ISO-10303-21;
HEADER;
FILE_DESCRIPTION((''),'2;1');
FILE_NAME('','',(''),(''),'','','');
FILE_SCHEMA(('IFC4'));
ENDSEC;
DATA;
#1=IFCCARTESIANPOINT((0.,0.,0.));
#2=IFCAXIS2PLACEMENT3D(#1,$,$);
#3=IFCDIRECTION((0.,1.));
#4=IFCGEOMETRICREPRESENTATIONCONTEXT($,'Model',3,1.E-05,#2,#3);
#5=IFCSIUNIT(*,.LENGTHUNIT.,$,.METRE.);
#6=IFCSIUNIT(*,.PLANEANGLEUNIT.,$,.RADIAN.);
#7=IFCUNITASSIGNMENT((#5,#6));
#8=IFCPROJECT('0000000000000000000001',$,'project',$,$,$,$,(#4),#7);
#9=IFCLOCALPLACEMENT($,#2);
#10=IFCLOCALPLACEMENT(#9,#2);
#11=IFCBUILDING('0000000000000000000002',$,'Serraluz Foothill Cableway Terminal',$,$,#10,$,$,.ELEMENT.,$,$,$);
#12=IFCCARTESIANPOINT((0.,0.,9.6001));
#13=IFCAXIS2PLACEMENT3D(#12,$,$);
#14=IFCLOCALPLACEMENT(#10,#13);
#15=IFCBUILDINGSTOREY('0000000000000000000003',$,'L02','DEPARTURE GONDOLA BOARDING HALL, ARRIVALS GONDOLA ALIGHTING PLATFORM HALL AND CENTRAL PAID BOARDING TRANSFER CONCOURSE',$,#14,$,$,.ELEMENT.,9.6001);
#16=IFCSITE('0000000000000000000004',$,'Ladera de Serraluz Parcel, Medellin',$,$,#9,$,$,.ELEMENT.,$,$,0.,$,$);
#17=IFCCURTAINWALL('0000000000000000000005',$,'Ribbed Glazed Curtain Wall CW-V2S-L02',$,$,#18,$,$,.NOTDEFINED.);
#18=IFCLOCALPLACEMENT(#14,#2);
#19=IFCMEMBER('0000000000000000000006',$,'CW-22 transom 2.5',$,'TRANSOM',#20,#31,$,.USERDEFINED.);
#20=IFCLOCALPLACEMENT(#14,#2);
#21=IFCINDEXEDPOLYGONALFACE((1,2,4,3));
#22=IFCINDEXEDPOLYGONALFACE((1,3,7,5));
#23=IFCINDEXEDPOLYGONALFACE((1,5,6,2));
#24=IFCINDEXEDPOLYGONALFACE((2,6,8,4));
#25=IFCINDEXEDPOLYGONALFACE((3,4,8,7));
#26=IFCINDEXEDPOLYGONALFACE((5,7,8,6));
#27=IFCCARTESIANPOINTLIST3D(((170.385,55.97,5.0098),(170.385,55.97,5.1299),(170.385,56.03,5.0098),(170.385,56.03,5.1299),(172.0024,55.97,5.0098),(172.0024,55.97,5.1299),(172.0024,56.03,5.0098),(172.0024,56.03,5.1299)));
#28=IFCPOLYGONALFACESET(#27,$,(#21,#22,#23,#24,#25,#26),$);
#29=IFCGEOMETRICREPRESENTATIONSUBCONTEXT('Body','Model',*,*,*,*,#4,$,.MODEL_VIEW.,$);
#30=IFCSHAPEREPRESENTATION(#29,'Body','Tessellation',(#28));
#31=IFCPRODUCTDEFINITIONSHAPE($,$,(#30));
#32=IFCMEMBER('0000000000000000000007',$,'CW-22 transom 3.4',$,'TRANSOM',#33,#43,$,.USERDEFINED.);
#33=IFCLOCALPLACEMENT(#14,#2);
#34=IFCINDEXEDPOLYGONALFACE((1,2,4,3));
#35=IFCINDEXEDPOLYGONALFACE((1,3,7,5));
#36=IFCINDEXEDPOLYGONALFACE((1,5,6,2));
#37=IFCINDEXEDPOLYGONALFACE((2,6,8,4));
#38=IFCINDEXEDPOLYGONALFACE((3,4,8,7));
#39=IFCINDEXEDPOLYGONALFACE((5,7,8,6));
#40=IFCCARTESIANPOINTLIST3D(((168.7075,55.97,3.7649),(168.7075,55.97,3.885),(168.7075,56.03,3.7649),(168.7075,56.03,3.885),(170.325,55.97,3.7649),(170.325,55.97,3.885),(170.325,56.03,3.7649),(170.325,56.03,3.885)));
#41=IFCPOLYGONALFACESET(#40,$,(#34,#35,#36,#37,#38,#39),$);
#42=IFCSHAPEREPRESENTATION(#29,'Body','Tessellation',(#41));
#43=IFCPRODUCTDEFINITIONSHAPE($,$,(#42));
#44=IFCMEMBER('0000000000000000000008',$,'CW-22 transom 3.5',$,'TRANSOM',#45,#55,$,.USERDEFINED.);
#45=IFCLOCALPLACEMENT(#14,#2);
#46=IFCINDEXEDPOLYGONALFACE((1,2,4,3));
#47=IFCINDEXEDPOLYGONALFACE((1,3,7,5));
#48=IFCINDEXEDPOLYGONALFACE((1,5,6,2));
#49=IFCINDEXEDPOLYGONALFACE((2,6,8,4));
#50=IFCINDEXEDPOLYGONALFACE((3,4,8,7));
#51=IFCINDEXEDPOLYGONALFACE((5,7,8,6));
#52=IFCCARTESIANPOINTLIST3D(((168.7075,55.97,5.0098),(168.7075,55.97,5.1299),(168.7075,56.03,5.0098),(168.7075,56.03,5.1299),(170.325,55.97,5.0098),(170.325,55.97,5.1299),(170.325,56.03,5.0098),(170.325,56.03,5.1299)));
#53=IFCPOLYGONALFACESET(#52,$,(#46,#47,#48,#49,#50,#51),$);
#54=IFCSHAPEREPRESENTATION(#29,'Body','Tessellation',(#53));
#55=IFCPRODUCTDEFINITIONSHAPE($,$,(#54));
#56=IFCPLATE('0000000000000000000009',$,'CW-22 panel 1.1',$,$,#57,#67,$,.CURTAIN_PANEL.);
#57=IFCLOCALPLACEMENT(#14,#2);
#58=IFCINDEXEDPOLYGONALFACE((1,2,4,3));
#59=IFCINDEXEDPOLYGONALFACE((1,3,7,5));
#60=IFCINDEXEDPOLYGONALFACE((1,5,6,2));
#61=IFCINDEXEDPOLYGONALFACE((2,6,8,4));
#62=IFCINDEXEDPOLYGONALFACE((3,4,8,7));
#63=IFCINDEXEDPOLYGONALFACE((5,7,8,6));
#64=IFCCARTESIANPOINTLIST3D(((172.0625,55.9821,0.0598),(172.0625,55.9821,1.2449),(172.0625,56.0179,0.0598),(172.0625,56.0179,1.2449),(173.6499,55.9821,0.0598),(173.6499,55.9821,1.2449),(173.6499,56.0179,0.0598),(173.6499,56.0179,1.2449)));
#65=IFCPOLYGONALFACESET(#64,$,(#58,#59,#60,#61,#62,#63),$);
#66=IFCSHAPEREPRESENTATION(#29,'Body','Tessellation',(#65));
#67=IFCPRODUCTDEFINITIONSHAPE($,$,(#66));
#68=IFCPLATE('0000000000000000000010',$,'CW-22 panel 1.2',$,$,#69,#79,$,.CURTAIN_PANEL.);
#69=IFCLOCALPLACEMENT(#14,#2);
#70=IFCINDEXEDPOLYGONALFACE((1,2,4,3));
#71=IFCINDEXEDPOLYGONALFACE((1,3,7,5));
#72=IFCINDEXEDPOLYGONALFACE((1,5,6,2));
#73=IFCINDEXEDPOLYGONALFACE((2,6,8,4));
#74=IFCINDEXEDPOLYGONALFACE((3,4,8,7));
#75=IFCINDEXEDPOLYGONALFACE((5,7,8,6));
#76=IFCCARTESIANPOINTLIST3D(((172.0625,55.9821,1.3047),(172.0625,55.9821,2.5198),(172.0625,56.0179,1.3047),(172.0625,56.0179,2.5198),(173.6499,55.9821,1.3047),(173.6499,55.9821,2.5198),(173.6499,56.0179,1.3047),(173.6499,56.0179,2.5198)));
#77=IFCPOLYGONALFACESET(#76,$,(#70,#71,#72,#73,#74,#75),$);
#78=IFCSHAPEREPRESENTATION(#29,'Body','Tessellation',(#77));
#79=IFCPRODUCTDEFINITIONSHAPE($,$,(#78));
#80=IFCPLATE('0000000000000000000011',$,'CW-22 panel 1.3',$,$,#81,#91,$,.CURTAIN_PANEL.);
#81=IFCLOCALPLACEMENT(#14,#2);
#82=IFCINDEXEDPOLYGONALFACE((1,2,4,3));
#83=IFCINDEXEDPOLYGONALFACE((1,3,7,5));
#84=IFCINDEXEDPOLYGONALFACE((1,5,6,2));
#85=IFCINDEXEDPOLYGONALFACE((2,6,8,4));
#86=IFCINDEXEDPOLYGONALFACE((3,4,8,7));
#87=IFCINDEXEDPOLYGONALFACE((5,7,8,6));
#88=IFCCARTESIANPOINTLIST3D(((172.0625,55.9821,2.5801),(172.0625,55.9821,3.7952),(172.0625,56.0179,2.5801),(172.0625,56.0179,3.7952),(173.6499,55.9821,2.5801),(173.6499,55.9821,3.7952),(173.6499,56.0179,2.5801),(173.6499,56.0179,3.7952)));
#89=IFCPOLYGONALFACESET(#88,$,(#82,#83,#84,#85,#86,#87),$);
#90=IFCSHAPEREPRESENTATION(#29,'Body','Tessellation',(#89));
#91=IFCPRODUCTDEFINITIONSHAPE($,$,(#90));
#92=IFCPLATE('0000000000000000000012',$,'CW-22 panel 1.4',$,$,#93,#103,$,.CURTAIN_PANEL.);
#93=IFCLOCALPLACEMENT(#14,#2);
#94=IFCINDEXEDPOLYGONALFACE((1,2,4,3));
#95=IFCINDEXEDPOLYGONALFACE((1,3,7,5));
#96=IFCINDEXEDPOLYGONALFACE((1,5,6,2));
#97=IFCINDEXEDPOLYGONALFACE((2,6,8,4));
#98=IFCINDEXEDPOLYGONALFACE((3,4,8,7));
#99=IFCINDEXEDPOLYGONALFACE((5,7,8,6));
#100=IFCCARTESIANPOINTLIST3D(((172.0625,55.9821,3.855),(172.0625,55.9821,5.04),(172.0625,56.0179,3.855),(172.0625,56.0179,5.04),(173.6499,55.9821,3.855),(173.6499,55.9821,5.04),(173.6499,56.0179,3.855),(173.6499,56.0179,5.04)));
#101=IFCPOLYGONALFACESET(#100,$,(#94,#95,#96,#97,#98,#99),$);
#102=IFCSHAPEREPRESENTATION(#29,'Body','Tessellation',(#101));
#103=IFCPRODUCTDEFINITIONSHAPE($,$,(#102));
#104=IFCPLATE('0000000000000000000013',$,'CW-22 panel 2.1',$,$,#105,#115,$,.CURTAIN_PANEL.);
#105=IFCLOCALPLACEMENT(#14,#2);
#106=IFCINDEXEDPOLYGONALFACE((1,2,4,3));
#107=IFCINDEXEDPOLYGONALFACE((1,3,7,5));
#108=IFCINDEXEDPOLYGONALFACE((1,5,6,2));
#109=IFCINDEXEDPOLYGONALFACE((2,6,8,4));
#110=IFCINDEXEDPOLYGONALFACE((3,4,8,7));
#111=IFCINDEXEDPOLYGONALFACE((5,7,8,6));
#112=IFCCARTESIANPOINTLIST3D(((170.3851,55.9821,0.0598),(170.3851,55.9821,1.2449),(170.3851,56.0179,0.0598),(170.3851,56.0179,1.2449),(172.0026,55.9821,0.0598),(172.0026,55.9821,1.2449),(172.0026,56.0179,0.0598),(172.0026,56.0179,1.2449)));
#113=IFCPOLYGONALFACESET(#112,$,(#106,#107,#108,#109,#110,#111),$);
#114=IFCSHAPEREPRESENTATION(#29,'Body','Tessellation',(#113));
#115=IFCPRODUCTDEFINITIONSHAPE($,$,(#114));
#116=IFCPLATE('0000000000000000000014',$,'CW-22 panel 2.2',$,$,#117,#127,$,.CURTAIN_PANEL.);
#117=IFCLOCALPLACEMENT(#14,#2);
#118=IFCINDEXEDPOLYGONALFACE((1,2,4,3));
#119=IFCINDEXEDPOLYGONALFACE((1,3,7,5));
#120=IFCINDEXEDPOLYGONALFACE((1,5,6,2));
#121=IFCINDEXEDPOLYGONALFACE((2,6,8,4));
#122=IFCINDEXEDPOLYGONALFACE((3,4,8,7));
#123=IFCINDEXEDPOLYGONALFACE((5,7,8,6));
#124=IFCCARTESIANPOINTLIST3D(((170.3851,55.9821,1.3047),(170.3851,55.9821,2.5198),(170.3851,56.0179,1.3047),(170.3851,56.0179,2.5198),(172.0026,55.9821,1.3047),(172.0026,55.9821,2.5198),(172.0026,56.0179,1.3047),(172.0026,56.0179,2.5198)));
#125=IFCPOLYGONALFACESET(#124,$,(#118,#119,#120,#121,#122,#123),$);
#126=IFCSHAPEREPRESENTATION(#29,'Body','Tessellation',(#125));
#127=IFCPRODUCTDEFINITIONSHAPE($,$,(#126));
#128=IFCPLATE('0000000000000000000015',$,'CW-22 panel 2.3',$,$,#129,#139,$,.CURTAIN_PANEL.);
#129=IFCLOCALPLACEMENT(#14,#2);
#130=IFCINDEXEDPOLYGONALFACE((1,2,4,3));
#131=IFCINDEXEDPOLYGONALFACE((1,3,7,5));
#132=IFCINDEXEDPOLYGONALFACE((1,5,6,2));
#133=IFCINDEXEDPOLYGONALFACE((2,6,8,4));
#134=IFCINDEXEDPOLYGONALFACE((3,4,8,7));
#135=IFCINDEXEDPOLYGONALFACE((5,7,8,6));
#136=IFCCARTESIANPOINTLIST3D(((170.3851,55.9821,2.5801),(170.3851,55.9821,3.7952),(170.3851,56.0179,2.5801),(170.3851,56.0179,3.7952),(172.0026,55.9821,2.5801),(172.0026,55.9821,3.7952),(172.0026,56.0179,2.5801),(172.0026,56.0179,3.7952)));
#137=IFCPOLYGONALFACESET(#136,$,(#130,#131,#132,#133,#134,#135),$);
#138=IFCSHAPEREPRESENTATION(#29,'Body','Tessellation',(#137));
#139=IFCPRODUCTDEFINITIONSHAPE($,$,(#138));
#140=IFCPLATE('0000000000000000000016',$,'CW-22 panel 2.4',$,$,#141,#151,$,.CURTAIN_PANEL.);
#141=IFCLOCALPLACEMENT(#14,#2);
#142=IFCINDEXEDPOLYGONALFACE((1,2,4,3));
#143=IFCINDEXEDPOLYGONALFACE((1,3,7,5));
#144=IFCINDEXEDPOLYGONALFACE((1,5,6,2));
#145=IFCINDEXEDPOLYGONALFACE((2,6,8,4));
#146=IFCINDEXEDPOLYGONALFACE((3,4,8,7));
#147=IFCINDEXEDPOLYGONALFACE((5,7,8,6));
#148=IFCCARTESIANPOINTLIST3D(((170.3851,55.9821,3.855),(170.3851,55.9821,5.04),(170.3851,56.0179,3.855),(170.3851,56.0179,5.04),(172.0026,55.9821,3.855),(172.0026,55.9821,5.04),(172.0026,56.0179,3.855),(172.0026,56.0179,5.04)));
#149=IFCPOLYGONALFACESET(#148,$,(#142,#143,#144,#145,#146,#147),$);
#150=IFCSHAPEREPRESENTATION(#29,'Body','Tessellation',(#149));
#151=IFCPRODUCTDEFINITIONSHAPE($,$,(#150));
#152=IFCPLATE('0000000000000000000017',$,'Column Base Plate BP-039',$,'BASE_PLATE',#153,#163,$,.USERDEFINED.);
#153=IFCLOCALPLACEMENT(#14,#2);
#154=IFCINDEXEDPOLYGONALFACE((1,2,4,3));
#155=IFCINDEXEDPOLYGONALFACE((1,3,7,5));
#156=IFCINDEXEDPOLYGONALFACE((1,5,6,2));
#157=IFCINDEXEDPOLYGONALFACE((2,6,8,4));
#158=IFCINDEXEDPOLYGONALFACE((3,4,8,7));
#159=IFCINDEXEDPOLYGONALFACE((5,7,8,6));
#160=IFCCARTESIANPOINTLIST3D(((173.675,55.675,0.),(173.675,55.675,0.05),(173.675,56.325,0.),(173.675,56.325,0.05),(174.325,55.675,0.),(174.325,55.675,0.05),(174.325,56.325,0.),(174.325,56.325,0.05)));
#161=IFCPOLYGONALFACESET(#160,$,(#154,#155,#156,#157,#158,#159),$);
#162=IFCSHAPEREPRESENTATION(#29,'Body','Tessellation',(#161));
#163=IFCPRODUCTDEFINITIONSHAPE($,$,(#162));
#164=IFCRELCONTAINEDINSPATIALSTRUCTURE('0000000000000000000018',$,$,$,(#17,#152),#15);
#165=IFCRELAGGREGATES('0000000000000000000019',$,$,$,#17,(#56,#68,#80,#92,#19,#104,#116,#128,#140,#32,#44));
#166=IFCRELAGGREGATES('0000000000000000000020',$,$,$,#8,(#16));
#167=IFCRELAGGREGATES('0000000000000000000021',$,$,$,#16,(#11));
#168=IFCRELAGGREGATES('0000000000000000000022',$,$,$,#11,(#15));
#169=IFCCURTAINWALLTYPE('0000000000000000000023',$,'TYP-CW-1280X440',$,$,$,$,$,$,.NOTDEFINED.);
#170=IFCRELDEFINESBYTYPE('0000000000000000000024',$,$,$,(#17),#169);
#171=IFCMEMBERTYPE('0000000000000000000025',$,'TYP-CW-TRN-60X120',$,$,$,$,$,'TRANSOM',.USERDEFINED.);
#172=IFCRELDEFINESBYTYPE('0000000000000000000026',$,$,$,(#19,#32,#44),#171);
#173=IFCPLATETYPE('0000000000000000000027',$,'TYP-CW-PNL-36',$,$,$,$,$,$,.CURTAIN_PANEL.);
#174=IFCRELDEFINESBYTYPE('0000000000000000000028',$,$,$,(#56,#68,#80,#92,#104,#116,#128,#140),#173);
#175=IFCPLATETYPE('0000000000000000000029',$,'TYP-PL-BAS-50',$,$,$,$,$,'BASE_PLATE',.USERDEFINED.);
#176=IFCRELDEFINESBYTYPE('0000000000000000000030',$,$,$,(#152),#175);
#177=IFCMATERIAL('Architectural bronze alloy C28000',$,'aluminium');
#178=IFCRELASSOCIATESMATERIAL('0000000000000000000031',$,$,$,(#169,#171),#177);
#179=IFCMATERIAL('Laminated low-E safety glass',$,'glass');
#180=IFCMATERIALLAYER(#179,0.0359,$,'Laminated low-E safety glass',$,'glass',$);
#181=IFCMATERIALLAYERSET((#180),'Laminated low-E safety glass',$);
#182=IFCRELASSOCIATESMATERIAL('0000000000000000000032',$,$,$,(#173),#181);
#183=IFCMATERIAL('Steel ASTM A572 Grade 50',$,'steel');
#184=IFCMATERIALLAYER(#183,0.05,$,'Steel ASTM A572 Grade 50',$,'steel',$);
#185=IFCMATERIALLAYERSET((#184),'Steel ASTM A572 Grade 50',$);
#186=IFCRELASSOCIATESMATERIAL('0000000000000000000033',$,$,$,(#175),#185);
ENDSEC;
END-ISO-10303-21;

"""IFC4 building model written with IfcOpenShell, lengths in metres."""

from ifc_helpers import new_model, si_unit, direction, frame, origin, origin_2d, place, context, subcontext, project, spatial, rectangle, extrude, material, layer, layer_set, material_profile, profile_set, type_object, element, aggregate, save


model = new_model("IFC4")

# Units and contexts
model_context = context("Model", 3, precision=1e-05, world=origin(), true_north=direction((0.0, 1.0)))
body_context = subcontext(model_context, "Body", "Model", "MODEL_VIEW")
ifc_project = project(units=[si_unit("LENGTHUNIT", "METRE"), si_unit("PLANEANGLEUNIT", "RADIAN")], contexts=[model_context])

# Site, building, storey
site_placement = place(None, origin())
site = spatial("IfcSite", under=ifc_project, at=site_placement, Name="Ladera de Serraluz Parcel, Medellin", CompositionType="ELEMENT", RefElevation=0.0)
building_placement = place(site_placement, origin())
building = spatial("IfcBuilding", under=site, at=building_placement, Name="Serraluz Foothill Cableway Terminal", CompositionType="ELEMENT")
storey_placement = place(building_placement, frame((0.0, 0.0, 9.6001)))
storey = spatial("IfcBuildingStorey", under=building, at=storey_placement, Name="L02", Description="DEPARTURE GONDOLA BOARDING HALL, ARRIVALS GONDOLA ALIGHTING PLATFORM HALL AND CENTRAL PAID BOARDING TRANSFER CONCOURSE", CompositionType="ELEMENT", Elevation=9.6001)

# Shared definitions
ifc_material_1 = material(Name="Steel ASTM A572 Grade 50", Category="steel")

# Curtain wall, members, plates
ifc_material_2 = material(Name="Architectural bronze alloy C28000", Category="aluminium")
curtain_wall_type = type_object("IfcCurtainWallType", Name="TYP-CW-1280X440", PredefinedType="NOTDEFINED", material=ifc_material_2)
curtain_wall_placement = place(storey_placement, origin())
curtain_wall = element("IfcCurtainWall", 1, at=curtain_wall_placement, inside=storey, type_object=curtain_wall_type, Name="Ribbed Glazed Curtain Wall CW-V2S-L02", PredefinedType="NOTDEFINED")
ifc_material_profile_1 = material_profile(ifc_material_2, rectangle(XDim=0.0601, YDim=0.1201, at=origin_2d()), Name="ALU TRANSOM 60x120")
ifc_profile_set_1 = profile_set([ifc_material_profile_1], Name="Architectural bronze alloy C28000")
member_type_1 = type_object("IfcMemberType", Name="TYP-CW-TRN-60X120", ElementType="TRANSOM", PredefinedType="USERDEFINED", material=ifc_profile_set_1)
member_1_placement = place(storey_placement, frame((172.0024, 56.0, 5.0698), z_axis=(-1.0, 0.0, 0.0), x_axis=(0.0, -1.0, 0.0)))
member_1 = element("IfcMember", 2, at=member_1_placement, type_object=member_type_1, Name="CW-22 transom 2.5", ObjectType="TRANSOM", PredefinedType="USERDEFINED", context=body_context, shape_type="SweptSolid", body=[
    extrude(rectangle(XDim=0.0601, YDim=0.1201, at=origin_2d()), origin(), (0.0, 0.0, 1.0), 1.6174),
])
member_2_placement = place(storey_placement, frame((170.325, 56.0, 3.825), z_axis=(-1.0, 0.0, 0.0), x_axis=(0.0, -1.0, 0.0)))
member_2 = element("IfcMember", 3, at=member_2_placement, type_object=member_type_1, Name="CW-22 transom 3.4", ObjectType="TRANSOM", PredefinedType="USERDEFINED", context=body_context, shape_type="SweptSolid", body=[
    extrude(rectangle(XDim=0.0601, YDim=0.1201, at=origin_2d()), origin(), (0.0, 0.0, 1.0), 1.6174),
])
member_3_placement = place(storey_placement, frame((170.325, 56.0, 5.0698), z_axis=(-1.0, 0.0, 0.0), x_axis=(0.0, -1.0, 0.0)))
member_3 = element("IfcMember", 4, at=member_3_placement, type_object=member_type_1, Name="CW-22 transom 3.5", ObjectType="TRANSOM", PredefinedType="USERDEFINED", context=body_context, shape_type="SweptSolid", body=[
    extrude(rectangle(XDim=0.0601, YDim=0.1201, at=origin_2d()), origin(), (0.0, 0.0, 1.0), 1.6174),
])
ifc_material_3 = material(Name="Laminated low-E safety glass", Category="glass")
ifc_layer_1 = layer(ifc_material_3, 0.0359, Name="Laminated low-E safety glass", Category="glass")
ifc_layer_set_1 = layer_set([ifc_layer_1], Name="Laminated low-E safety glass")
plate_type_1 = type_object("IfcPlateType", Name="TYP-CW-PNL-36", PredefinedType="CURTAIN_PANEL", material=ifc_layer_set_1)
plate_1_placement = place(storey_placement, frame((172.8562, 56.0, 0.0598), z_axis=(0.0, 0.0, 1.0), x_axis=(-1.0, 0.0, 0.0)))
plate_1 = element("IfcPlate", 5, at=plate_1_placement, type_object=plate_type_1, Name="CW-22 panel 1.1", PredefinedType="CURTAIN_PANEL", context=body_context, shape_type="SweptSolid", body=[
    extrude(rectangle(XDim=1.5874, YDim=0.0359, at=origin_2d()), origin(), (0.0, 0.0, 1.0), 1.1851),
])
plate_2_placement = place(storey_placement, frame((172.8562, 56.0, 1.3047), z_axis=(0.0, 0.0, 1.0), x_axis=(-1.0, 0.0, 0.0)))
plate_2 = element("IfcPlate", 6, at=plate_2_placement, type_object=plate_type_1, Name="CW-22 panel 1.2", PredefinedType="CURTAIN_PANEL", context=body_context, shape_type="SweptSolid", body=[
    extrude(rectangle(XDim=1.5874, YDim=0.0359, at=origin_2d()), origin(), (0.0, 0.0, 1.0), 1.2151),
])
plate_3_placement = place(storey_placement, frame((172.8562, 56.0, 2.5801), z_axis=(0.0, 0.0, 1.0), x_axis=(-1.0, 0.0, 0.0)))
plate_3 = element("IfcPlate", 7, at=plate_3_placement, type_object=plate_type_1, Name="CW-22 panel 1.3", PredefinedType="CURTAIN_PANEL", context=body_context, shape_type="SweptSolid", body=[
    extrude(rectangle(XDim=1.5874, YDim=0.0359, at=origin_2d()), origin(), (0.0, 0.0, 1.0), 1.2151),
])
plate_4_placement = place(storey_placement, frame((172.8562, 56.0, 3.855), z_axis=(0.0, 0.0, 1.0), x_axis=(-1.0, 0.0, 0.0)))
plate_4 = element("IfcPlate", 8, at=plate_4_placement, type_object=plate_type_1, Name="CW-22 panel 1.4", PredefinedType="CURTAIN_PANEL", context=body_context, shape_type="SweptSolid", body=[
    extrude(rectangle(XDim=1.5874, YDim=0.0359, at=origin_2d()), origin(), (0.0, 0.0, 1.0), 1.1851),
])
plate_5_placement = place(storey_placement, frame((171.1938, 56.0, 0.0598), z_axis=(0.0, 0.0, 1.0), x_axis=(-1.0, 0.0, 0.0)))
plate_5 = element("IfcPlate", 9, at=plate_5_placement, type_object=plate_type_1, Name="CW-22 panel 2.1", PredefinedType="CURTAIN_PANEL", context=body_context, shape_type="SweptSolid", body=[
    extrude(rectangle(XDim=1.6174, YDim=0.0359, at=origin_2d()), origin(), (0.0, 0.0, 1.0), 1.1851),
])
plate_6_placement = place(storey_placement, frame((171.1938, 56.0, 1.3047), z_axis=(0.0, 0.0, 1.0), x_axis=(-1.0, 0.0, 0.0)))
plate_6 = element("IfcPlate", 10, at=plate_6_placement, type_object=plate_type_1, Name="CW-22 panel 2.2", PredefinedType="CURTAIN_PANEL", context=body_context, shape_type="SweptSolid", body=[
    extrude(rectangle(XDim=1.6174, YDim=0.0359, at=origin_2d()), origin(), (0.0, 0.0, 1.0), 1.2151),
])
plate_7_placement = place(storey_placement, frame((171.1938, 56.0, 2.5801), z_axis=(0.0, 0.0, 1.0), x_axis=(-1.0, 0.0, 0.0)))
plate_7 = element("IfcPlate", 11, at=plate_7_placement, type_object=plate_type_1, Name="CW-22 panel 2.3", PredefinedType="CURTAIN_PANEL", context=body_context, shape_type="SweptSolid", body=[
    extrude(rectangle(XDim=1.6174, YDim=0.0359, at=origin_2d()), origin(), (0.0, 0.0, 1.0), 1.2151),
])
plate_8_placement = place(storey_placement, frame((171.1938, 56.0, 3.855), z_axis=(0.0, 0.0, 1.0), x_axis=(-1.0, 0.0, 0.0)))
plate_8 = element("IfcPlate", 12, at=plate_8_placement, type_object=plate_type_1, Name="CW-22 panel 2.4", PredefinedType="CURTAIN_PANEL", context=body_context, shape_type="SweptSolid", body=[
    extrude(rectangle(XDim=1.6174, YDim=0.0359, at=origin_2d()), origin(), (0.0, 0.0, 1.0), 1.1851),
])
aggregate(curtain_wall, [plate_1, plate_2, plate_3, plate_4, member_1, plate_5, plate_6, plate_7, plate_8, member_2, member_3])

# Plate
ifc_layer_2 = layer(ifc_material_1, 0.05, Name="Steel ASTM A572 Grade 50", Category="steel")
ifc_layer_set_2 = layer_set([ifc_layer_2], Name="Steel ASTM A572 Grade 50")
plate_type_2 = type_object("IfcPlateType", Name="TYP-PL-BAS-50", ElementType="BASE_PLATE", PredefinedType="USERDEFINED", material=ifc_layer_set_2)
plate_9_placement = place(storey_placement, frame((174.0, 56.0, 0.0), z_axis=(0.0, 0.0, 1.0), x_axis=(1.0, 0.0, 0.0)))
element("IfcPlate", 13, at=plate_9_placement, inside=storey, type_object=plate_type_2, Name="Column Base Plate BP-039", ObjectType="BASE_PLATE", PredefinedType="USERDEFINED", context=body_context, shape_type="SweptSolid", body=[
    extrude(rectangle(XDim=0.6499, YDim=0.6499, at=origin_2d()), origin(), (0.0, 0.0, 1.0), 0.05),
])

save(model, "model.ifc")
